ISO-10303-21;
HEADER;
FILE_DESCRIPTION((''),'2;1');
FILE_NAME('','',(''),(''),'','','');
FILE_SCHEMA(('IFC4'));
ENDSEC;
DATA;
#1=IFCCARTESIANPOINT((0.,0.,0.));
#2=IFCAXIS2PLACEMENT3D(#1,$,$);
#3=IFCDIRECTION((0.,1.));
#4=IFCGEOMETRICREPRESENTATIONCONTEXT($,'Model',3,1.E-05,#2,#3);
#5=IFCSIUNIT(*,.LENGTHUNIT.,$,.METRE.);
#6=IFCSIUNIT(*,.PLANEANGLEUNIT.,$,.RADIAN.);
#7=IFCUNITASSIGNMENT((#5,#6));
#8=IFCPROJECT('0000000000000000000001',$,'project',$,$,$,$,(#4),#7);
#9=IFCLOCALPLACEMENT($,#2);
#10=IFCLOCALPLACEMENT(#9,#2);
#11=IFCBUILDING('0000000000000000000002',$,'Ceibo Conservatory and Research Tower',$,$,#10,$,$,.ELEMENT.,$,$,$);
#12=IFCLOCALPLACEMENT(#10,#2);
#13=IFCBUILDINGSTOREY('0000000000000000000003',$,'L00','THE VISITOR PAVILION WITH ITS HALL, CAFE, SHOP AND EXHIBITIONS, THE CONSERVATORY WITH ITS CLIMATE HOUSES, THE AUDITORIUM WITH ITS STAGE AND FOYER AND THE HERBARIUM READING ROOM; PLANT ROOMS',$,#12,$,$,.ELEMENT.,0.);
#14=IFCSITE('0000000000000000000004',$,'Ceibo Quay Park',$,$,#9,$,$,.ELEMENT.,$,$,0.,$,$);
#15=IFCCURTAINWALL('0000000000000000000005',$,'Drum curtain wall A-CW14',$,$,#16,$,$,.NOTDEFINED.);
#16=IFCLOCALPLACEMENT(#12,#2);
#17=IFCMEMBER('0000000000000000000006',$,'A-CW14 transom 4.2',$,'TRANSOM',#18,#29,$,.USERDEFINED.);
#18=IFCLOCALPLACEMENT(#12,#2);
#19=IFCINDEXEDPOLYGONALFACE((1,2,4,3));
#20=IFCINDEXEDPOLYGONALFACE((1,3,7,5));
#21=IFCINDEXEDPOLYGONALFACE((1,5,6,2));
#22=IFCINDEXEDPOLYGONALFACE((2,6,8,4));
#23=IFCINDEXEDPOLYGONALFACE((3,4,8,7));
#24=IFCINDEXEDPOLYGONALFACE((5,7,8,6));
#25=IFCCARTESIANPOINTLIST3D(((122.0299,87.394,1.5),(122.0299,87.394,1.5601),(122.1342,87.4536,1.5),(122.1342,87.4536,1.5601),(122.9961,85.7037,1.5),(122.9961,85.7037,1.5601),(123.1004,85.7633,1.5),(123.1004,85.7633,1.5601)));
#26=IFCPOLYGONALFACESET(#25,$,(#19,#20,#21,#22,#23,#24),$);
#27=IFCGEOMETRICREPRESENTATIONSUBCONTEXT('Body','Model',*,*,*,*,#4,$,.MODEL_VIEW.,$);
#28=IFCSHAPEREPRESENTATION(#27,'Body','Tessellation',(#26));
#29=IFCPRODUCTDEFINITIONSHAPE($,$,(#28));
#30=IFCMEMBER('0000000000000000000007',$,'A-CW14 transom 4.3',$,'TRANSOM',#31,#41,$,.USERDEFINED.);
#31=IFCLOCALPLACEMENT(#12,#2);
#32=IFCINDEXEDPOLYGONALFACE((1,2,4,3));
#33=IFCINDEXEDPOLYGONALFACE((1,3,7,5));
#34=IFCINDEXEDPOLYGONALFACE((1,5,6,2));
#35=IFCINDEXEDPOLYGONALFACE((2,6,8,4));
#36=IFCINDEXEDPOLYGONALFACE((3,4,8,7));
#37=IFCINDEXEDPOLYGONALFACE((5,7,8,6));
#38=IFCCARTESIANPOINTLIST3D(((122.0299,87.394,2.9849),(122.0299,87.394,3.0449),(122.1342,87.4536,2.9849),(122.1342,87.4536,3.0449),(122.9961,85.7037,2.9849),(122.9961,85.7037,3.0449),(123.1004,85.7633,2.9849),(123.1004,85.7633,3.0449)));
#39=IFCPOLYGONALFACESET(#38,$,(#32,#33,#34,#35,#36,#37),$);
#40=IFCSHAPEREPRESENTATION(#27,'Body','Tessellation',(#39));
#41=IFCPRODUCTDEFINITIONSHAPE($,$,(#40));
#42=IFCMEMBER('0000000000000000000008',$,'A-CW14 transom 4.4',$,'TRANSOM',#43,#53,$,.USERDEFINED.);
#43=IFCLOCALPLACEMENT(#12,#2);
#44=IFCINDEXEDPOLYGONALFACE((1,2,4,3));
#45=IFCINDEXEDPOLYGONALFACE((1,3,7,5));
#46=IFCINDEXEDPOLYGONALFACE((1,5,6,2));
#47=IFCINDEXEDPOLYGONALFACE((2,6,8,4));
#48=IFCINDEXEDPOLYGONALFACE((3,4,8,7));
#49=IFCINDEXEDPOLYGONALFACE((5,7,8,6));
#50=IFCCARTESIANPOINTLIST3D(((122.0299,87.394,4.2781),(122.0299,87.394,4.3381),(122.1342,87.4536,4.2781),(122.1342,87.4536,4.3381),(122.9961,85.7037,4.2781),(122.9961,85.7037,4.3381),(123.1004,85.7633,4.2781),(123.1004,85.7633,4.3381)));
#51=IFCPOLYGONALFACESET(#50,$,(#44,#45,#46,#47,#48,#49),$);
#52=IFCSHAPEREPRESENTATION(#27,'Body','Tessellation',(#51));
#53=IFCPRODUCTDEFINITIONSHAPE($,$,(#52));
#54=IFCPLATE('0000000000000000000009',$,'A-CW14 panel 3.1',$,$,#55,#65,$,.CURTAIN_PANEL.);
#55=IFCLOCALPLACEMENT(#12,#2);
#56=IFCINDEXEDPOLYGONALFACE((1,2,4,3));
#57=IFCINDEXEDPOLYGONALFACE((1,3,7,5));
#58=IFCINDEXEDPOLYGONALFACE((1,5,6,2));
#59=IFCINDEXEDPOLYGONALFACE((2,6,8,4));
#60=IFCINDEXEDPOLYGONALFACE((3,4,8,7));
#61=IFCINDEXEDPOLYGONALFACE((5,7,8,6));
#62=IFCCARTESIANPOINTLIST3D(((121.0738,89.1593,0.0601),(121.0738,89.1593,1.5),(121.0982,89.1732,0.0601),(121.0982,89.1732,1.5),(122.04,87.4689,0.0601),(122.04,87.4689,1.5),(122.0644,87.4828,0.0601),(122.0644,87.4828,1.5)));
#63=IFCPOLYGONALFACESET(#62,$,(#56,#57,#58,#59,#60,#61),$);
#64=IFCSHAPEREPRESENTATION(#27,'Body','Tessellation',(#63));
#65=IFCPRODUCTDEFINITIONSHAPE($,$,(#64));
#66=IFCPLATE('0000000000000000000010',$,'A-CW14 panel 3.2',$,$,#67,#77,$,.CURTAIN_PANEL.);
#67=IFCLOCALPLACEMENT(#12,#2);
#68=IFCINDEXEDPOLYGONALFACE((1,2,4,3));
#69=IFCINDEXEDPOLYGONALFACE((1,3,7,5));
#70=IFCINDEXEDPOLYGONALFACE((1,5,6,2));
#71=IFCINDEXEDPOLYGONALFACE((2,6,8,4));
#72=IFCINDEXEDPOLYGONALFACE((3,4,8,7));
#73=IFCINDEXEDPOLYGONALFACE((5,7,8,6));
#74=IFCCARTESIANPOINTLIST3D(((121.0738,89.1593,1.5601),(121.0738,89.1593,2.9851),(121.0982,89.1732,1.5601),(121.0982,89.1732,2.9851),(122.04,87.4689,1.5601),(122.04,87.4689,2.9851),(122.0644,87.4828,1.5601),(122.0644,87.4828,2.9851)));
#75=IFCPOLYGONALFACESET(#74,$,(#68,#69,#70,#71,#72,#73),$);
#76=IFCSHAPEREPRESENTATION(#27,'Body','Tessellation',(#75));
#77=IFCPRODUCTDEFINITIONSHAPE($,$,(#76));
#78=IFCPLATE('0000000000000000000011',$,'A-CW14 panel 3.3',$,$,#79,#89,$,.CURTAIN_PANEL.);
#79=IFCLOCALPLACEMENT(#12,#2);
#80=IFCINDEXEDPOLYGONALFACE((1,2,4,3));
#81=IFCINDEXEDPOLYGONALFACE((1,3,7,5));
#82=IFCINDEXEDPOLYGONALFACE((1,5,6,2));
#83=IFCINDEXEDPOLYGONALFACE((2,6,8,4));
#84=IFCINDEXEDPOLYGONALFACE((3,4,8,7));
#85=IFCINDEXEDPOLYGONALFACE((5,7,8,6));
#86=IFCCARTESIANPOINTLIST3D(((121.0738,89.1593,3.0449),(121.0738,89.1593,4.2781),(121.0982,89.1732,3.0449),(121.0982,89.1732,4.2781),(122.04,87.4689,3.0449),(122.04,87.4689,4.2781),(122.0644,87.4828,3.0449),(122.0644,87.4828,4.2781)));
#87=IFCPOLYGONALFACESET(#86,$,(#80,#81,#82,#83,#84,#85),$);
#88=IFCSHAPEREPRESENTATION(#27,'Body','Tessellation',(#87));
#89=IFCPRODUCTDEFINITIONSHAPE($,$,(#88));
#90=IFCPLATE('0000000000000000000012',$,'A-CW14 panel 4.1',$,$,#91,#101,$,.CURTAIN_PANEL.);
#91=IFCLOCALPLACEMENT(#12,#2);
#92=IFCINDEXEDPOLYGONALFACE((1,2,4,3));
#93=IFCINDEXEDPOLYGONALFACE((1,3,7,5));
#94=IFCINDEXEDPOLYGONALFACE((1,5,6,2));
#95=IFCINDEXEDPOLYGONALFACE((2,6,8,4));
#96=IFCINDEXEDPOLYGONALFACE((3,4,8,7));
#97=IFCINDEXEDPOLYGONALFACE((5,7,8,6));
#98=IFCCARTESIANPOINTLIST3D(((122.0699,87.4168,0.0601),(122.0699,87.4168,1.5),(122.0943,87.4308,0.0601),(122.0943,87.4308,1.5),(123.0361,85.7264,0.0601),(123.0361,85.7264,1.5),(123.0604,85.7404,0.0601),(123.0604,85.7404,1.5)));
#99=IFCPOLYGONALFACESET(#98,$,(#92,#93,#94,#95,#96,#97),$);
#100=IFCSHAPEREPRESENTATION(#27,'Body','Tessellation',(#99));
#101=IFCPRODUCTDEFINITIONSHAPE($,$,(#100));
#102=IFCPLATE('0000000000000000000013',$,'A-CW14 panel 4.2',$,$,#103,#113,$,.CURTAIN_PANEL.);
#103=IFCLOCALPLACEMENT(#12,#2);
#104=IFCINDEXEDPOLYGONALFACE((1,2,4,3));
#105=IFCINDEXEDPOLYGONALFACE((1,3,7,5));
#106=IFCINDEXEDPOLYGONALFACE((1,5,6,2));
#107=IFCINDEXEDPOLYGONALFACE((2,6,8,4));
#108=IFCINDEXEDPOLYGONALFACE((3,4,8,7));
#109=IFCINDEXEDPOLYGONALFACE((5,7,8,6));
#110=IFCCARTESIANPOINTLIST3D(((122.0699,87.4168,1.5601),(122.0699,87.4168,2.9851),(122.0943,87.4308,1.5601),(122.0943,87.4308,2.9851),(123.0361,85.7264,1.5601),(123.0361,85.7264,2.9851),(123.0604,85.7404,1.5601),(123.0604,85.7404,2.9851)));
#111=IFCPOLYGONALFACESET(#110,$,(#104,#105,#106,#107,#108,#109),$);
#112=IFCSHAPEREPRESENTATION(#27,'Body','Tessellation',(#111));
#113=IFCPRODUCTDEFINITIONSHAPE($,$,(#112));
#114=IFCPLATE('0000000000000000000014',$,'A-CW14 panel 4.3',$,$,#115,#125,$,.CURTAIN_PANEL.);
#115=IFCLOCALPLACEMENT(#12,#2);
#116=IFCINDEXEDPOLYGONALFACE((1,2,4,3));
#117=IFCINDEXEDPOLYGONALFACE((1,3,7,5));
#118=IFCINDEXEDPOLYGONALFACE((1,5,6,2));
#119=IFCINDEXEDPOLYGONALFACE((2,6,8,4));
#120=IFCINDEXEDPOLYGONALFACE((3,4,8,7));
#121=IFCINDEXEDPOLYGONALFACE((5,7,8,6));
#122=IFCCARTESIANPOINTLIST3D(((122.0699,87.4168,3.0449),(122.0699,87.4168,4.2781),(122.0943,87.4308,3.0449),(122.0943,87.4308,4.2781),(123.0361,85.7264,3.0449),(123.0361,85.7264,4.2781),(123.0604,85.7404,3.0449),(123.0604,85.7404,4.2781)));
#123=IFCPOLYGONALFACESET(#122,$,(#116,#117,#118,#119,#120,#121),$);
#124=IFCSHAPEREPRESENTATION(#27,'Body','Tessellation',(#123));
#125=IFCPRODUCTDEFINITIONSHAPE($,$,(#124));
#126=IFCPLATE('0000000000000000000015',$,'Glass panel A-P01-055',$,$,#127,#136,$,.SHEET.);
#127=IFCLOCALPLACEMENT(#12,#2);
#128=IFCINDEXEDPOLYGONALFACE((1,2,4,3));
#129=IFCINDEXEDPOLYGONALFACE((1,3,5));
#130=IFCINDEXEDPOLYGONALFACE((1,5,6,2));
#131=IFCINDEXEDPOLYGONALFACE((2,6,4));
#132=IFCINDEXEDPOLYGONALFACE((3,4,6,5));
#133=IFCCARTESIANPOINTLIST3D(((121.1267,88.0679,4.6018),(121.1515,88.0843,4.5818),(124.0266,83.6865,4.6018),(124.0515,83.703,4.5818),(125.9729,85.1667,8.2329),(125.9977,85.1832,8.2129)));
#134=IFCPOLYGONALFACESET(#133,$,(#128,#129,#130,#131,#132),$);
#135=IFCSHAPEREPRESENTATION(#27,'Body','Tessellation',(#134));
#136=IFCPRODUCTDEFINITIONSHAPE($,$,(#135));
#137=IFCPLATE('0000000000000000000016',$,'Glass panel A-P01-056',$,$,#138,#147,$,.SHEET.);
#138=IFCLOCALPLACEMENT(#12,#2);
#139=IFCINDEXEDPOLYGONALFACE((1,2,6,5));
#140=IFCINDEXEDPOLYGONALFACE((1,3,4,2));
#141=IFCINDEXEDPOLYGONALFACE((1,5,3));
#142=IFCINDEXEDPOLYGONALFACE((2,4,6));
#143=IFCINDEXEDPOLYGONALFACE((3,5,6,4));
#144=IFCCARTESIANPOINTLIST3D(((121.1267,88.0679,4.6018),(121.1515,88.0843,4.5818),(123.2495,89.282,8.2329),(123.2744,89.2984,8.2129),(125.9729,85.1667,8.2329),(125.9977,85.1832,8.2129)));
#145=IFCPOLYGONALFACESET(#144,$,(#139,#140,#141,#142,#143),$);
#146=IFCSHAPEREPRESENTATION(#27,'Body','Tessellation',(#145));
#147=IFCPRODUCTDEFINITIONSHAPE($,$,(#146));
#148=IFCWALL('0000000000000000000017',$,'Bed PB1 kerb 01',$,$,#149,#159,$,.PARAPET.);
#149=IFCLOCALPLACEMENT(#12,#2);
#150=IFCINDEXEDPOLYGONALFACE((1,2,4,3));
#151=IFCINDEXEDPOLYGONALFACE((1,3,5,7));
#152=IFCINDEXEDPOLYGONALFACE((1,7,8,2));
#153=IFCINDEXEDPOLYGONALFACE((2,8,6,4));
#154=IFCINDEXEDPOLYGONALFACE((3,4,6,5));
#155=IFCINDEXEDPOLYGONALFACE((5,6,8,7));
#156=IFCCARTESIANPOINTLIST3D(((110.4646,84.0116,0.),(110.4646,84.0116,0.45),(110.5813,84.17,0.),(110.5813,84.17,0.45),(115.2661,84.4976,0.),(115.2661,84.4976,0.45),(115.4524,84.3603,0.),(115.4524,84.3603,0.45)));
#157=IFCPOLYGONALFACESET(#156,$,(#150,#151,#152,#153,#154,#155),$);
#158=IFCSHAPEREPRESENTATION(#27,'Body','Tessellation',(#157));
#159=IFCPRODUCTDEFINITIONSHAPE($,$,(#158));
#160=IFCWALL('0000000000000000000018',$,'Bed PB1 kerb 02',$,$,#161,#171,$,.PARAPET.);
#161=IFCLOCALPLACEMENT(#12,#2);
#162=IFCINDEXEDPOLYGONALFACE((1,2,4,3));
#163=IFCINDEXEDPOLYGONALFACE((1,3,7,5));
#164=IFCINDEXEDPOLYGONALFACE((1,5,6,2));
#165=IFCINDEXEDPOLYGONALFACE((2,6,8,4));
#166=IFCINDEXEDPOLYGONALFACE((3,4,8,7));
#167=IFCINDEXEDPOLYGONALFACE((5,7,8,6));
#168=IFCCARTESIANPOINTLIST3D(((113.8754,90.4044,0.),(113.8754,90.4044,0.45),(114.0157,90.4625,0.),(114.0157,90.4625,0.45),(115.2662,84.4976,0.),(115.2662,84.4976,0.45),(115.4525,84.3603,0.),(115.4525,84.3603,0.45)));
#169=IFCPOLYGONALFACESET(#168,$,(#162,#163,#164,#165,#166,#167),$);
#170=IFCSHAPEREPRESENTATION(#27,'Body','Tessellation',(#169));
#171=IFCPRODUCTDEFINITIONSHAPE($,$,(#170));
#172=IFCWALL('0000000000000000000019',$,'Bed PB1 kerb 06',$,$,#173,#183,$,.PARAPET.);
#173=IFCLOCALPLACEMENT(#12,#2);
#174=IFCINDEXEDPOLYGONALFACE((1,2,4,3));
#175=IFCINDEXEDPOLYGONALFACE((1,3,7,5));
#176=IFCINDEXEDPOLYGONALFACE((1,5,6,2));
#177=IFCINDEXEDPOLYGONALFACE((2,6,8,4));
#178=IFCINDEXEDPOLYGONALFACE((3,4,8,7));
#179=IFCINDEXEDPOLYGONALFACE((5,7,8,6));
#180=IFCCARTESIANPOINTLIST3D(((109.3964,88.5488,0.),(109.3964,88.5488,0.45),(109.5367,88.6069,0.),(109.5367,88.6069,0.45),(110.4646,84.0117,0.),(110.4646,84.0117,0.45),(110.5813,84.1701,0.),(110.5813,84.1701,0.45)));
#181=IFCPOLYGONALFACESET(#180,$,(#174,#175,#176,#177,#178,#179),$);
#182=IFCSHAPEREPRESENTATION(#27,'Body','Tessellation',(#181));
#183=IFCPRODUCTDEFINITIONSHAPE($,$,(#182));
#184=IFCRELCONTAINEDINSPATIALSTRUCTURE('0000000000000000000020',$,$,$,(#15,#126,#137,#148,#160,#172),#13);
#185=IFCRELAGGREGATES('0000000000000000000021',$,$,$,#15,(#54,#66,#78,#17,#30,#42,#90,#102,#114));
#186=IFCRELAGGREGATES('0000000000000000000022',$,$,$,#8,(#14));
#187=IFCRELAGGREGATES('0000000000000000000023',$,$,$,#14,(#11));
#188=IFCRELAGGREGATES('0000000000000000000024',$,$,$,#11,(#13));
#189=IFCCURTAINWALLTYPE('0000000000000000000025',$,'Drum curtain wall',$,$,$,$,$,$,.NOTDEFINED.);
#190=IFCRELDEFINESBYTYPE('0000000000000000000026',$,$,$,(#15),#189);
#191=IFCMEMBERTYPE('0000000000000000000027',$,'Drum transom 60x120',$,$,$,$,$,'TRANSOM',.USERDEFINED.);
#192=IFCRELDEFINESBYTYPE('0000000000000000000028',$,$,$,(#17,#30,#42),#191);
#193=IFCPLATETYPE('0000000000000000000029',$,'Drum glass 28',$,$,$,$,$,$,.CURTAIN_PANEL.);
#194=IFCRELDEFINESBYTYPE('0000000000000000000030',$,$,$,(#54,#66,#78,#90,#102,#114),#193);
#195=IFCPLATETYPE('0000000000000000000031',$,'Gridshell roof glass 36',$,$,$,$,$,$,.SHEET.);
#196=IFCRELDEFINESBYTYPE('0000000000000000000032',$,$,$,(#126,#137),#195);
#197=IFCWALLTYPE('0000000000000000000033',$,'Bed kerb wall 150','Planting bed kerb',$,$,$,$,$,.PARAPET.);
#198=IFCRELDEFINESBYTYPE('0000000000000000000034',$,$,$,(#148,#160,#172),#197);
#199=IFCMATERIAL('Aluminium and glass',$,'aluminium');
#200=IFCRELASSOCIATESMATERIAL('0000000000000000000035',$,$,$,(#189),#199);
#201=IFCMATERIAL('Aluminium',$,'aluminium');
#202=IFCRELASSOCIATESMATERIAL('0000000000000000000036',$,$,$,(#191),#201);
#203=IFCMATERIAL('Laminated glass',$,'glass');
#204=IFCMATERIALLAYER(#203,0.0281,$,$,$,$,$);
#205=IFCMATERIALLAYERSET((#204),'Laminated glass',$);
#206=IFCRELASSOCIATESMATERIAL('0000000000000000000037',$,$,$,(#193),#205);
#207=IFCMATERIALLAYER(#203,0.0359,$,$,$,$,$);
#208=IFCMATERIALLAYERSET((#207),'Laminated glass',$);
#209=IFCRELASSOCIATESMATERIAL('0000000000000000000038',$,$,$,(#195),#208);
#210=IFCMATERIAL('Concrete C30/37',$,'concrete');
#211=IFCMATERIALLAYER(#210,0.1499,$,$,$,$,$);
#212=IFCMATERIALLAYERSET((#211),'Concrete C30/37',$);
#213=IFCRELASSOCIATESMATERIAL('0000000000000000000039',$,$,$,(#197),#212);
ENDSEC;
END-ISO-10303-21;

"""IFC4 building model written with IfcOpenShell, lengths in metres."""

from ifc_helpers import new_model, si_unit, direction, frame, origin, origin_2d, place, context, subcontext, project, spatial, polyline, rectangle, outline, extrude, material, layer, layer_set, material_profile, profile_set, type_object, element, aggregate, save


model = new_model("IFC4")

# Units and contexts
model_context = context("Model", 3, precision=1e-05, world=origin(), true_north=direction((0.0, 1.0)))
body_context = subcontext(model_context, "Body", "Model", "MODEL_VIEW")
ifc_project = project(units=[si_unit("LENGTHUNIT", "METRE"), si_unit("PLANEANGLEUNIT", "RADIAN")], contexts=[model_context])

# Site, building, storey
site_placement = place(None, origin())
site = spatial("IfcSite", under=ifc_project, at=site_placement, Name="Ceibo Quay Park", CompositionType="ELEMENT", RefElevation=0.0)
building_placement = place(site_placement, origin())
building = spatial("IfcBuilding", under=site, at=building_placement, Name="Ceibo Conservatory and Research Tower", CompositionType="ELEMENT")
storey_placement = place(building_placement, origin())
storey = spatial("IfcBuildingStorey", under=building, at=storey_placement, Name="L00", Description="THE VISITOR PAVILION WITH ITS HALL, CAFE, SHOP AND EXHIBITIONS, THE CONSERVATORY WITH ITS CLIMATE HOUSES, THE AUDITORIUM WITH ITS STAGE AND FOYER AND THE HERBARIUM READING ROOM; PLANT ROOMS", CompositionType="ELEMENT", Elevation=0.0)

# Curtain wall, members, plates
ifc_material_1 = material(Name="Aluminium and glass", Category="aluminium")
curtain_wall_type = type_object("IfcCurtainWallType", Name="Drum curtain wall", PredefinedType="NOTDEFINED", material=ifc_material_1)
curtain_wall_placement = place(storey_placement, origin())
curtain_wall = element("IfcCurtainWall", 1, at=curtain_wall_placement, inside=storey, type_object=curtain_wall_type, Name="Drum curtain wall A-CW14", PredefinedType="NOTDEFINED")
ifc_material_2 = material(Name="Aluminium", Category="aluminium")
ifc_material_profile_1 = material_profile(ifc_material_2, rectangle(XDim=0.1201, YDim=0.0601, at=origin_2d()), Name="AL 60x120")
ifc_profile_set_1 = profile_set([ifc_material_profile_1], Name="Aluminium")
member_type_1 = type_object("IfcMemberType", Name="Drum transom 60x120", ElementType="TRANSOM", PredefinedType="USERDEFINED", material=ifc_profile_set_1)
member_1_placement = place(storey_placement, frame((122.082, 87.4238, 1.53), z_axis=(0.496274, -0.868166, 0.0), x_axis=(0.868166, 0.496274, 0.0)))
member_1 = element("IfcMember", 2, at=member_1_placement, type_object=member_type_1, Name="A-CW14 transom 4.2", ObjectType="TRANSOM", PredefinedType="USERDEFINED", context=body_context, shape_type="SweptSolid", body=[
    extrude(rectangle(XDim=0.1201, YDim=0.0601, at=origin_2d()), origin(), (0.0, 0.0, 1.0), 1.947),
])
member_2_placement = place(storey_placement, frame((122.082, 87.4238, 3.0149), z_axis=(0.496274, -0.868166, 0.0), x_axis=(0.868166, 0.496274, 0.0)))
member_2 = element("IfcMember", 3, at=member_2_placement, type_object=member_type_1, Name="A-CW14 transom 4.3", ObjectType="TRANSOM", PredefinedType="USERDEFINED", context=body_context, shape_type="SweptSolid", body=[
    extrude(rectangle(XDim=0.1201, YDim=0.0601, at=origin_2d()), origin(), (0.0, 0.0, 1.0), 1.947),
])
member_3_placement = place(storey_placement, frame((122.082, 87.4238, 4.3081), z_axis=(0.496274, -0.868166, 0.0), x_axis=(0.868166, 0.496274, 0.0)))
member_3 = element("IfcMember", 4, at=member_3_placement, type_object=member_type_1, Name="A-CW14 transom 4.4", ObjectType="TRANSOM", PredefinedType="USERDEFINED", context=body_context, shape_type="SweptSolid", body=[
    extrude(rectangle(XDim=0.1201, YDim=0.0601, at=origin_2d()), origin(), (0.0, 0.0, 1.0), 1.947),
])
ifc_material_3 = material(Name="Laminated glass", Category="glass")
ifc_layer_1 = layer(ifc_material_3, 0.0281)
ifc_layer_set_1 = layer_set([ifc_layer_1], Name="Laminated glass")
plate_type_1 = type_object("IfcPlateType", Name="Drum glass 28", PredefinedType="CURTAIN_PANEL", material=ifc_layer_set_1)
plate_1_placement = place(storey_placement, frame((121.5691, 88.321, 0.0601), z_axis=(0.0, 0.0, 1.0), x_axis=(0.496216, -0.868199, 0.0)))
plate_1 = element("IfcPlate", 5, at=plate_1_placement, type_object=plate_type_1, Name="A-CW14 panel 3.1", PredefinedType="CURTAIN_PANEL", context=body_context, shape_type="SweptSolid", body=[
    extrude(rectangle(XDim=1.947, YDim=0.0281, at=origin_2d()), origin(), (0.0, 0.0, 1.0), 1.4399),
])
plate_2_placement = place(storey_placement, frame((121.5691, 88.321, 1.5601), z_axis=(0.0, 0.0, 1.0), x_axis=(0.496216, -0.868199, 0.0)))
plate_2 = element("IfcPlate", 6, at=plate_2_placement, type_object=plate_type_1, Name="A-CW14 panel 3.2", PredefinedType="CURTAIN_PANEL", context=body_context, shape_type="SweptSolid", body=[
    extrude(rectangle(XDim=1.947, YDim=0.0281, at=origin_2d()), origin(), (0.0, 0.0, 1.0), 1.425),
])
plate_3_placement = place(storey_placement, frame((121.5691, 88.321, 3.0449), z_axis=(0.0, 0.0, 1.0), x_axis=(0.496216, -0.868199, 0.0)))
plate_3 = element("IfcPlate", 7, at=plate_3_placement, type_object=plate_type_1, Name="A-CW14 panel 3.3", PredefinedType="CURTAIN_PANEL", context=body_context, shape_type="SweptSolid", body=[
    extrude(rectangle(XDim=1.947, YDim=0.0281, at=origin_2d()), origin(), (0.0, 0.0, 1.0), 1.2332),
])
plate_4_placement = place(storey_placement, frame((122.5652, 86.5786, 0.0601), z_axis=(0.0, 0.0, 1.0), x_axis=(0.496216, -0.868199, 0.0)))
plate_4 = element("IfcPlate", 8, at=plate_4_placement, type_object=plate_type_1, Name="A-CW14 panel 4.1", PredefinedType="CURTAIN_PANEL", context=body_context, shape_type="SweptSolid", body=[
    extrude(rectangle(XDim=1.947, YDim=0.0281, at=origin_2d()), origin(), (0.0, 0.0, 1.0), 1.4399),
])
plate_5_placement = place(storey_placement, frame((122.5652, 86.5786, 1.5601), z_axis=(0.0, 0.0, 1.0), x_axis=(0.496216, -0.868199, 0.0)))
plate_5 = element("IfcPlate", 9, at=plate_5_placement, type_object=plate_type_1, Name="A-CW14 panel 4.2", PredefinedType="CURTAIN_PANEL", context=body_context, shape_type="SweptSolid", body=[
    extrude(rectangle(XDim=1.947, YDim=0.0281, at=origin_2d()), origin(), (0.0, 0.0, 1.0), 1.425),
])
plate_6_placement = place(storey_placement, frame((122.5652, 86.5786, 3.0449), z_axis=(0.0, 0.0, 1.0), x_axis=(0.496216, -0.868199, 0.0)))
plate_6 = element("IfcPlate", 10, at=plate_6_placement, type_object=plate_type_1, Name="A-CW14 panel 4.3", PredefinedType="CURTAIN_PANEL", context=body_context, shape_type="SweptSolid", body=[
    extrude(rectangle(XDim=1.947, YDim=0.0281, at=origin_2d()), origin(), (0.0, 0.0, 1.0), 1.2332),
])
aggregate(curtain_wall, [plate_1, plate_2, plate_3, member_1, member_2, member_3, plate_4, plate_5, plate_6])

# Plates
ifc_layer_2 = layer(ifc_material_3, 0.0359)
ifc_layer_set_2 = layer_set([ifc_layer_2], Name="Laminated glass")
plate_type_2 = type_object("IfcPlateType", Name="Gridshell roof glass 36", PredefinedType="SHEET", material=ifc_layer_set_2)
plate_7_placement = place(storey_placement, frame((121.1267, 88.0679, 4.6018), z_axis=(-0.692141, -0.458111, 0.557741), x_axis=(0.551931, -0.83389, 0.0)))
element("IfcPlate", 11, at=plate_7_placement, inside=storey, type_object=plate_type_2, Name="Glass panel A-P01-055", PredefinedType="SHEET", context=body_context, shape_type="SweptSolid", body=[
    extrude(outline(polyline([(0.0, 0.0), (5.2541, 0.0), (5.094, 4.3747), (0.0, 0.0)])), origin(), (0.0, 0.0, -1.0), 0.0359),
])
plate_8_placement = place(storey_placement, frame((121.1267, 88.0679, 4.6018), z_axis=(-0.692142, -0.458047, 0.557792), x_axis=(0.72173, -0.432056, 0.54077)))
element("IfcPlate", 12, at=plate_8_placement, inside=storey, type_object=plate_type_2, Name="Glass panel A-P01-056", PredefinedType="SHEET", context=body_context, shape_type="SweptSolid", body=[
    extrude(outline(polyline([(0.0, 0.0), (6.7147, 0.0), (2.9711, 3.2152), (0.0, 0.0)])), origin(), (0.0, 0.0, -1.0), 0.0359),
])

# Walls
ifc_material_4 = material(Name="Concrete C30/37", Category="concrete")
ifc_layer_3 = layer(ifc_material_4, 0.1499)
ifc_layer_set_3 = layer_set([ifc_layer_3], Name="Concrete C30/37")
wall_type = type_object("IfcWallType", Name="Bed kerb wall 150", Description="Planting bed kerb", PredefinedType="PARAPET", material=ifc_layer_set_3)
wall_1_placement = place(storey_placement, frame((110.5229, 84.0908, 0.0), z_axis=(0.0, 0.0, 1.0), x_axis=(0.997565, 0.069744, 0.0)))
element("IfcWall", 13, at=wall_1_placement, inside=storey, type_object=wall_type, Name="Bed PB1 kerb 01", PredefinedType="PARAPET", context=body_context, shape_type="SweptSolid", body=[
    extrude(outline(polyline([(-0.0637, -0.075), (4.9363, -0.075), (4.76, 0.075), (0.0637, 0.075), (-0.0637, -0.075)])), origin(), (0.0, 0.0, 1.0), 0.45),
])
wall_2_placement = place(storey_placement, frame((115.3594, 84.429, 0.0), z_axis=(0.0, 0.0, 1.0), x_axis=(-0.229196, 0.97338, 0.0)))
element("IfcWall", 14, at=wall_2_placement, inside=storey, type_object=wall_type, Name="Bed PB1 kerb 02", PredefinedType="PARAPET", context=body_context, shape_type="SweptSolid", body=[
    extrude(outline(polyline([(-0.0881, -0.075), (6.1809, -0.075), (6.1565, 0.075), (0.0881, 0.075), (-0.0881, -0.075)])), origin(), (0.0, 0.0, 1.0), 0.45),
])
wall_3_placement = place(storey_placement, frame((109.4666, 88.5779, 0.0), z_axis=(0.0, 0.0, 1.0), x_axis=(0.229166, -0.973387, 0.0)))
element("IfcWall", 15, at=wall_3_placement, inside=storey, type_object=wall_type, Name="Bed PB1 kerb 06", PredefinedType="PARAPET", context=body_context, shape_type="SweptSolid", body=[
    extrude(outline(polyline([(0.0122, -0.075), (4.6733, -0.075), (4.5459, 0.075), (-0.0122, 0.075), (0.0122, -0.075)])), origin(), (0.0, 0.0, 1.0), 0.45),
])

save(model, "model.ifc")
